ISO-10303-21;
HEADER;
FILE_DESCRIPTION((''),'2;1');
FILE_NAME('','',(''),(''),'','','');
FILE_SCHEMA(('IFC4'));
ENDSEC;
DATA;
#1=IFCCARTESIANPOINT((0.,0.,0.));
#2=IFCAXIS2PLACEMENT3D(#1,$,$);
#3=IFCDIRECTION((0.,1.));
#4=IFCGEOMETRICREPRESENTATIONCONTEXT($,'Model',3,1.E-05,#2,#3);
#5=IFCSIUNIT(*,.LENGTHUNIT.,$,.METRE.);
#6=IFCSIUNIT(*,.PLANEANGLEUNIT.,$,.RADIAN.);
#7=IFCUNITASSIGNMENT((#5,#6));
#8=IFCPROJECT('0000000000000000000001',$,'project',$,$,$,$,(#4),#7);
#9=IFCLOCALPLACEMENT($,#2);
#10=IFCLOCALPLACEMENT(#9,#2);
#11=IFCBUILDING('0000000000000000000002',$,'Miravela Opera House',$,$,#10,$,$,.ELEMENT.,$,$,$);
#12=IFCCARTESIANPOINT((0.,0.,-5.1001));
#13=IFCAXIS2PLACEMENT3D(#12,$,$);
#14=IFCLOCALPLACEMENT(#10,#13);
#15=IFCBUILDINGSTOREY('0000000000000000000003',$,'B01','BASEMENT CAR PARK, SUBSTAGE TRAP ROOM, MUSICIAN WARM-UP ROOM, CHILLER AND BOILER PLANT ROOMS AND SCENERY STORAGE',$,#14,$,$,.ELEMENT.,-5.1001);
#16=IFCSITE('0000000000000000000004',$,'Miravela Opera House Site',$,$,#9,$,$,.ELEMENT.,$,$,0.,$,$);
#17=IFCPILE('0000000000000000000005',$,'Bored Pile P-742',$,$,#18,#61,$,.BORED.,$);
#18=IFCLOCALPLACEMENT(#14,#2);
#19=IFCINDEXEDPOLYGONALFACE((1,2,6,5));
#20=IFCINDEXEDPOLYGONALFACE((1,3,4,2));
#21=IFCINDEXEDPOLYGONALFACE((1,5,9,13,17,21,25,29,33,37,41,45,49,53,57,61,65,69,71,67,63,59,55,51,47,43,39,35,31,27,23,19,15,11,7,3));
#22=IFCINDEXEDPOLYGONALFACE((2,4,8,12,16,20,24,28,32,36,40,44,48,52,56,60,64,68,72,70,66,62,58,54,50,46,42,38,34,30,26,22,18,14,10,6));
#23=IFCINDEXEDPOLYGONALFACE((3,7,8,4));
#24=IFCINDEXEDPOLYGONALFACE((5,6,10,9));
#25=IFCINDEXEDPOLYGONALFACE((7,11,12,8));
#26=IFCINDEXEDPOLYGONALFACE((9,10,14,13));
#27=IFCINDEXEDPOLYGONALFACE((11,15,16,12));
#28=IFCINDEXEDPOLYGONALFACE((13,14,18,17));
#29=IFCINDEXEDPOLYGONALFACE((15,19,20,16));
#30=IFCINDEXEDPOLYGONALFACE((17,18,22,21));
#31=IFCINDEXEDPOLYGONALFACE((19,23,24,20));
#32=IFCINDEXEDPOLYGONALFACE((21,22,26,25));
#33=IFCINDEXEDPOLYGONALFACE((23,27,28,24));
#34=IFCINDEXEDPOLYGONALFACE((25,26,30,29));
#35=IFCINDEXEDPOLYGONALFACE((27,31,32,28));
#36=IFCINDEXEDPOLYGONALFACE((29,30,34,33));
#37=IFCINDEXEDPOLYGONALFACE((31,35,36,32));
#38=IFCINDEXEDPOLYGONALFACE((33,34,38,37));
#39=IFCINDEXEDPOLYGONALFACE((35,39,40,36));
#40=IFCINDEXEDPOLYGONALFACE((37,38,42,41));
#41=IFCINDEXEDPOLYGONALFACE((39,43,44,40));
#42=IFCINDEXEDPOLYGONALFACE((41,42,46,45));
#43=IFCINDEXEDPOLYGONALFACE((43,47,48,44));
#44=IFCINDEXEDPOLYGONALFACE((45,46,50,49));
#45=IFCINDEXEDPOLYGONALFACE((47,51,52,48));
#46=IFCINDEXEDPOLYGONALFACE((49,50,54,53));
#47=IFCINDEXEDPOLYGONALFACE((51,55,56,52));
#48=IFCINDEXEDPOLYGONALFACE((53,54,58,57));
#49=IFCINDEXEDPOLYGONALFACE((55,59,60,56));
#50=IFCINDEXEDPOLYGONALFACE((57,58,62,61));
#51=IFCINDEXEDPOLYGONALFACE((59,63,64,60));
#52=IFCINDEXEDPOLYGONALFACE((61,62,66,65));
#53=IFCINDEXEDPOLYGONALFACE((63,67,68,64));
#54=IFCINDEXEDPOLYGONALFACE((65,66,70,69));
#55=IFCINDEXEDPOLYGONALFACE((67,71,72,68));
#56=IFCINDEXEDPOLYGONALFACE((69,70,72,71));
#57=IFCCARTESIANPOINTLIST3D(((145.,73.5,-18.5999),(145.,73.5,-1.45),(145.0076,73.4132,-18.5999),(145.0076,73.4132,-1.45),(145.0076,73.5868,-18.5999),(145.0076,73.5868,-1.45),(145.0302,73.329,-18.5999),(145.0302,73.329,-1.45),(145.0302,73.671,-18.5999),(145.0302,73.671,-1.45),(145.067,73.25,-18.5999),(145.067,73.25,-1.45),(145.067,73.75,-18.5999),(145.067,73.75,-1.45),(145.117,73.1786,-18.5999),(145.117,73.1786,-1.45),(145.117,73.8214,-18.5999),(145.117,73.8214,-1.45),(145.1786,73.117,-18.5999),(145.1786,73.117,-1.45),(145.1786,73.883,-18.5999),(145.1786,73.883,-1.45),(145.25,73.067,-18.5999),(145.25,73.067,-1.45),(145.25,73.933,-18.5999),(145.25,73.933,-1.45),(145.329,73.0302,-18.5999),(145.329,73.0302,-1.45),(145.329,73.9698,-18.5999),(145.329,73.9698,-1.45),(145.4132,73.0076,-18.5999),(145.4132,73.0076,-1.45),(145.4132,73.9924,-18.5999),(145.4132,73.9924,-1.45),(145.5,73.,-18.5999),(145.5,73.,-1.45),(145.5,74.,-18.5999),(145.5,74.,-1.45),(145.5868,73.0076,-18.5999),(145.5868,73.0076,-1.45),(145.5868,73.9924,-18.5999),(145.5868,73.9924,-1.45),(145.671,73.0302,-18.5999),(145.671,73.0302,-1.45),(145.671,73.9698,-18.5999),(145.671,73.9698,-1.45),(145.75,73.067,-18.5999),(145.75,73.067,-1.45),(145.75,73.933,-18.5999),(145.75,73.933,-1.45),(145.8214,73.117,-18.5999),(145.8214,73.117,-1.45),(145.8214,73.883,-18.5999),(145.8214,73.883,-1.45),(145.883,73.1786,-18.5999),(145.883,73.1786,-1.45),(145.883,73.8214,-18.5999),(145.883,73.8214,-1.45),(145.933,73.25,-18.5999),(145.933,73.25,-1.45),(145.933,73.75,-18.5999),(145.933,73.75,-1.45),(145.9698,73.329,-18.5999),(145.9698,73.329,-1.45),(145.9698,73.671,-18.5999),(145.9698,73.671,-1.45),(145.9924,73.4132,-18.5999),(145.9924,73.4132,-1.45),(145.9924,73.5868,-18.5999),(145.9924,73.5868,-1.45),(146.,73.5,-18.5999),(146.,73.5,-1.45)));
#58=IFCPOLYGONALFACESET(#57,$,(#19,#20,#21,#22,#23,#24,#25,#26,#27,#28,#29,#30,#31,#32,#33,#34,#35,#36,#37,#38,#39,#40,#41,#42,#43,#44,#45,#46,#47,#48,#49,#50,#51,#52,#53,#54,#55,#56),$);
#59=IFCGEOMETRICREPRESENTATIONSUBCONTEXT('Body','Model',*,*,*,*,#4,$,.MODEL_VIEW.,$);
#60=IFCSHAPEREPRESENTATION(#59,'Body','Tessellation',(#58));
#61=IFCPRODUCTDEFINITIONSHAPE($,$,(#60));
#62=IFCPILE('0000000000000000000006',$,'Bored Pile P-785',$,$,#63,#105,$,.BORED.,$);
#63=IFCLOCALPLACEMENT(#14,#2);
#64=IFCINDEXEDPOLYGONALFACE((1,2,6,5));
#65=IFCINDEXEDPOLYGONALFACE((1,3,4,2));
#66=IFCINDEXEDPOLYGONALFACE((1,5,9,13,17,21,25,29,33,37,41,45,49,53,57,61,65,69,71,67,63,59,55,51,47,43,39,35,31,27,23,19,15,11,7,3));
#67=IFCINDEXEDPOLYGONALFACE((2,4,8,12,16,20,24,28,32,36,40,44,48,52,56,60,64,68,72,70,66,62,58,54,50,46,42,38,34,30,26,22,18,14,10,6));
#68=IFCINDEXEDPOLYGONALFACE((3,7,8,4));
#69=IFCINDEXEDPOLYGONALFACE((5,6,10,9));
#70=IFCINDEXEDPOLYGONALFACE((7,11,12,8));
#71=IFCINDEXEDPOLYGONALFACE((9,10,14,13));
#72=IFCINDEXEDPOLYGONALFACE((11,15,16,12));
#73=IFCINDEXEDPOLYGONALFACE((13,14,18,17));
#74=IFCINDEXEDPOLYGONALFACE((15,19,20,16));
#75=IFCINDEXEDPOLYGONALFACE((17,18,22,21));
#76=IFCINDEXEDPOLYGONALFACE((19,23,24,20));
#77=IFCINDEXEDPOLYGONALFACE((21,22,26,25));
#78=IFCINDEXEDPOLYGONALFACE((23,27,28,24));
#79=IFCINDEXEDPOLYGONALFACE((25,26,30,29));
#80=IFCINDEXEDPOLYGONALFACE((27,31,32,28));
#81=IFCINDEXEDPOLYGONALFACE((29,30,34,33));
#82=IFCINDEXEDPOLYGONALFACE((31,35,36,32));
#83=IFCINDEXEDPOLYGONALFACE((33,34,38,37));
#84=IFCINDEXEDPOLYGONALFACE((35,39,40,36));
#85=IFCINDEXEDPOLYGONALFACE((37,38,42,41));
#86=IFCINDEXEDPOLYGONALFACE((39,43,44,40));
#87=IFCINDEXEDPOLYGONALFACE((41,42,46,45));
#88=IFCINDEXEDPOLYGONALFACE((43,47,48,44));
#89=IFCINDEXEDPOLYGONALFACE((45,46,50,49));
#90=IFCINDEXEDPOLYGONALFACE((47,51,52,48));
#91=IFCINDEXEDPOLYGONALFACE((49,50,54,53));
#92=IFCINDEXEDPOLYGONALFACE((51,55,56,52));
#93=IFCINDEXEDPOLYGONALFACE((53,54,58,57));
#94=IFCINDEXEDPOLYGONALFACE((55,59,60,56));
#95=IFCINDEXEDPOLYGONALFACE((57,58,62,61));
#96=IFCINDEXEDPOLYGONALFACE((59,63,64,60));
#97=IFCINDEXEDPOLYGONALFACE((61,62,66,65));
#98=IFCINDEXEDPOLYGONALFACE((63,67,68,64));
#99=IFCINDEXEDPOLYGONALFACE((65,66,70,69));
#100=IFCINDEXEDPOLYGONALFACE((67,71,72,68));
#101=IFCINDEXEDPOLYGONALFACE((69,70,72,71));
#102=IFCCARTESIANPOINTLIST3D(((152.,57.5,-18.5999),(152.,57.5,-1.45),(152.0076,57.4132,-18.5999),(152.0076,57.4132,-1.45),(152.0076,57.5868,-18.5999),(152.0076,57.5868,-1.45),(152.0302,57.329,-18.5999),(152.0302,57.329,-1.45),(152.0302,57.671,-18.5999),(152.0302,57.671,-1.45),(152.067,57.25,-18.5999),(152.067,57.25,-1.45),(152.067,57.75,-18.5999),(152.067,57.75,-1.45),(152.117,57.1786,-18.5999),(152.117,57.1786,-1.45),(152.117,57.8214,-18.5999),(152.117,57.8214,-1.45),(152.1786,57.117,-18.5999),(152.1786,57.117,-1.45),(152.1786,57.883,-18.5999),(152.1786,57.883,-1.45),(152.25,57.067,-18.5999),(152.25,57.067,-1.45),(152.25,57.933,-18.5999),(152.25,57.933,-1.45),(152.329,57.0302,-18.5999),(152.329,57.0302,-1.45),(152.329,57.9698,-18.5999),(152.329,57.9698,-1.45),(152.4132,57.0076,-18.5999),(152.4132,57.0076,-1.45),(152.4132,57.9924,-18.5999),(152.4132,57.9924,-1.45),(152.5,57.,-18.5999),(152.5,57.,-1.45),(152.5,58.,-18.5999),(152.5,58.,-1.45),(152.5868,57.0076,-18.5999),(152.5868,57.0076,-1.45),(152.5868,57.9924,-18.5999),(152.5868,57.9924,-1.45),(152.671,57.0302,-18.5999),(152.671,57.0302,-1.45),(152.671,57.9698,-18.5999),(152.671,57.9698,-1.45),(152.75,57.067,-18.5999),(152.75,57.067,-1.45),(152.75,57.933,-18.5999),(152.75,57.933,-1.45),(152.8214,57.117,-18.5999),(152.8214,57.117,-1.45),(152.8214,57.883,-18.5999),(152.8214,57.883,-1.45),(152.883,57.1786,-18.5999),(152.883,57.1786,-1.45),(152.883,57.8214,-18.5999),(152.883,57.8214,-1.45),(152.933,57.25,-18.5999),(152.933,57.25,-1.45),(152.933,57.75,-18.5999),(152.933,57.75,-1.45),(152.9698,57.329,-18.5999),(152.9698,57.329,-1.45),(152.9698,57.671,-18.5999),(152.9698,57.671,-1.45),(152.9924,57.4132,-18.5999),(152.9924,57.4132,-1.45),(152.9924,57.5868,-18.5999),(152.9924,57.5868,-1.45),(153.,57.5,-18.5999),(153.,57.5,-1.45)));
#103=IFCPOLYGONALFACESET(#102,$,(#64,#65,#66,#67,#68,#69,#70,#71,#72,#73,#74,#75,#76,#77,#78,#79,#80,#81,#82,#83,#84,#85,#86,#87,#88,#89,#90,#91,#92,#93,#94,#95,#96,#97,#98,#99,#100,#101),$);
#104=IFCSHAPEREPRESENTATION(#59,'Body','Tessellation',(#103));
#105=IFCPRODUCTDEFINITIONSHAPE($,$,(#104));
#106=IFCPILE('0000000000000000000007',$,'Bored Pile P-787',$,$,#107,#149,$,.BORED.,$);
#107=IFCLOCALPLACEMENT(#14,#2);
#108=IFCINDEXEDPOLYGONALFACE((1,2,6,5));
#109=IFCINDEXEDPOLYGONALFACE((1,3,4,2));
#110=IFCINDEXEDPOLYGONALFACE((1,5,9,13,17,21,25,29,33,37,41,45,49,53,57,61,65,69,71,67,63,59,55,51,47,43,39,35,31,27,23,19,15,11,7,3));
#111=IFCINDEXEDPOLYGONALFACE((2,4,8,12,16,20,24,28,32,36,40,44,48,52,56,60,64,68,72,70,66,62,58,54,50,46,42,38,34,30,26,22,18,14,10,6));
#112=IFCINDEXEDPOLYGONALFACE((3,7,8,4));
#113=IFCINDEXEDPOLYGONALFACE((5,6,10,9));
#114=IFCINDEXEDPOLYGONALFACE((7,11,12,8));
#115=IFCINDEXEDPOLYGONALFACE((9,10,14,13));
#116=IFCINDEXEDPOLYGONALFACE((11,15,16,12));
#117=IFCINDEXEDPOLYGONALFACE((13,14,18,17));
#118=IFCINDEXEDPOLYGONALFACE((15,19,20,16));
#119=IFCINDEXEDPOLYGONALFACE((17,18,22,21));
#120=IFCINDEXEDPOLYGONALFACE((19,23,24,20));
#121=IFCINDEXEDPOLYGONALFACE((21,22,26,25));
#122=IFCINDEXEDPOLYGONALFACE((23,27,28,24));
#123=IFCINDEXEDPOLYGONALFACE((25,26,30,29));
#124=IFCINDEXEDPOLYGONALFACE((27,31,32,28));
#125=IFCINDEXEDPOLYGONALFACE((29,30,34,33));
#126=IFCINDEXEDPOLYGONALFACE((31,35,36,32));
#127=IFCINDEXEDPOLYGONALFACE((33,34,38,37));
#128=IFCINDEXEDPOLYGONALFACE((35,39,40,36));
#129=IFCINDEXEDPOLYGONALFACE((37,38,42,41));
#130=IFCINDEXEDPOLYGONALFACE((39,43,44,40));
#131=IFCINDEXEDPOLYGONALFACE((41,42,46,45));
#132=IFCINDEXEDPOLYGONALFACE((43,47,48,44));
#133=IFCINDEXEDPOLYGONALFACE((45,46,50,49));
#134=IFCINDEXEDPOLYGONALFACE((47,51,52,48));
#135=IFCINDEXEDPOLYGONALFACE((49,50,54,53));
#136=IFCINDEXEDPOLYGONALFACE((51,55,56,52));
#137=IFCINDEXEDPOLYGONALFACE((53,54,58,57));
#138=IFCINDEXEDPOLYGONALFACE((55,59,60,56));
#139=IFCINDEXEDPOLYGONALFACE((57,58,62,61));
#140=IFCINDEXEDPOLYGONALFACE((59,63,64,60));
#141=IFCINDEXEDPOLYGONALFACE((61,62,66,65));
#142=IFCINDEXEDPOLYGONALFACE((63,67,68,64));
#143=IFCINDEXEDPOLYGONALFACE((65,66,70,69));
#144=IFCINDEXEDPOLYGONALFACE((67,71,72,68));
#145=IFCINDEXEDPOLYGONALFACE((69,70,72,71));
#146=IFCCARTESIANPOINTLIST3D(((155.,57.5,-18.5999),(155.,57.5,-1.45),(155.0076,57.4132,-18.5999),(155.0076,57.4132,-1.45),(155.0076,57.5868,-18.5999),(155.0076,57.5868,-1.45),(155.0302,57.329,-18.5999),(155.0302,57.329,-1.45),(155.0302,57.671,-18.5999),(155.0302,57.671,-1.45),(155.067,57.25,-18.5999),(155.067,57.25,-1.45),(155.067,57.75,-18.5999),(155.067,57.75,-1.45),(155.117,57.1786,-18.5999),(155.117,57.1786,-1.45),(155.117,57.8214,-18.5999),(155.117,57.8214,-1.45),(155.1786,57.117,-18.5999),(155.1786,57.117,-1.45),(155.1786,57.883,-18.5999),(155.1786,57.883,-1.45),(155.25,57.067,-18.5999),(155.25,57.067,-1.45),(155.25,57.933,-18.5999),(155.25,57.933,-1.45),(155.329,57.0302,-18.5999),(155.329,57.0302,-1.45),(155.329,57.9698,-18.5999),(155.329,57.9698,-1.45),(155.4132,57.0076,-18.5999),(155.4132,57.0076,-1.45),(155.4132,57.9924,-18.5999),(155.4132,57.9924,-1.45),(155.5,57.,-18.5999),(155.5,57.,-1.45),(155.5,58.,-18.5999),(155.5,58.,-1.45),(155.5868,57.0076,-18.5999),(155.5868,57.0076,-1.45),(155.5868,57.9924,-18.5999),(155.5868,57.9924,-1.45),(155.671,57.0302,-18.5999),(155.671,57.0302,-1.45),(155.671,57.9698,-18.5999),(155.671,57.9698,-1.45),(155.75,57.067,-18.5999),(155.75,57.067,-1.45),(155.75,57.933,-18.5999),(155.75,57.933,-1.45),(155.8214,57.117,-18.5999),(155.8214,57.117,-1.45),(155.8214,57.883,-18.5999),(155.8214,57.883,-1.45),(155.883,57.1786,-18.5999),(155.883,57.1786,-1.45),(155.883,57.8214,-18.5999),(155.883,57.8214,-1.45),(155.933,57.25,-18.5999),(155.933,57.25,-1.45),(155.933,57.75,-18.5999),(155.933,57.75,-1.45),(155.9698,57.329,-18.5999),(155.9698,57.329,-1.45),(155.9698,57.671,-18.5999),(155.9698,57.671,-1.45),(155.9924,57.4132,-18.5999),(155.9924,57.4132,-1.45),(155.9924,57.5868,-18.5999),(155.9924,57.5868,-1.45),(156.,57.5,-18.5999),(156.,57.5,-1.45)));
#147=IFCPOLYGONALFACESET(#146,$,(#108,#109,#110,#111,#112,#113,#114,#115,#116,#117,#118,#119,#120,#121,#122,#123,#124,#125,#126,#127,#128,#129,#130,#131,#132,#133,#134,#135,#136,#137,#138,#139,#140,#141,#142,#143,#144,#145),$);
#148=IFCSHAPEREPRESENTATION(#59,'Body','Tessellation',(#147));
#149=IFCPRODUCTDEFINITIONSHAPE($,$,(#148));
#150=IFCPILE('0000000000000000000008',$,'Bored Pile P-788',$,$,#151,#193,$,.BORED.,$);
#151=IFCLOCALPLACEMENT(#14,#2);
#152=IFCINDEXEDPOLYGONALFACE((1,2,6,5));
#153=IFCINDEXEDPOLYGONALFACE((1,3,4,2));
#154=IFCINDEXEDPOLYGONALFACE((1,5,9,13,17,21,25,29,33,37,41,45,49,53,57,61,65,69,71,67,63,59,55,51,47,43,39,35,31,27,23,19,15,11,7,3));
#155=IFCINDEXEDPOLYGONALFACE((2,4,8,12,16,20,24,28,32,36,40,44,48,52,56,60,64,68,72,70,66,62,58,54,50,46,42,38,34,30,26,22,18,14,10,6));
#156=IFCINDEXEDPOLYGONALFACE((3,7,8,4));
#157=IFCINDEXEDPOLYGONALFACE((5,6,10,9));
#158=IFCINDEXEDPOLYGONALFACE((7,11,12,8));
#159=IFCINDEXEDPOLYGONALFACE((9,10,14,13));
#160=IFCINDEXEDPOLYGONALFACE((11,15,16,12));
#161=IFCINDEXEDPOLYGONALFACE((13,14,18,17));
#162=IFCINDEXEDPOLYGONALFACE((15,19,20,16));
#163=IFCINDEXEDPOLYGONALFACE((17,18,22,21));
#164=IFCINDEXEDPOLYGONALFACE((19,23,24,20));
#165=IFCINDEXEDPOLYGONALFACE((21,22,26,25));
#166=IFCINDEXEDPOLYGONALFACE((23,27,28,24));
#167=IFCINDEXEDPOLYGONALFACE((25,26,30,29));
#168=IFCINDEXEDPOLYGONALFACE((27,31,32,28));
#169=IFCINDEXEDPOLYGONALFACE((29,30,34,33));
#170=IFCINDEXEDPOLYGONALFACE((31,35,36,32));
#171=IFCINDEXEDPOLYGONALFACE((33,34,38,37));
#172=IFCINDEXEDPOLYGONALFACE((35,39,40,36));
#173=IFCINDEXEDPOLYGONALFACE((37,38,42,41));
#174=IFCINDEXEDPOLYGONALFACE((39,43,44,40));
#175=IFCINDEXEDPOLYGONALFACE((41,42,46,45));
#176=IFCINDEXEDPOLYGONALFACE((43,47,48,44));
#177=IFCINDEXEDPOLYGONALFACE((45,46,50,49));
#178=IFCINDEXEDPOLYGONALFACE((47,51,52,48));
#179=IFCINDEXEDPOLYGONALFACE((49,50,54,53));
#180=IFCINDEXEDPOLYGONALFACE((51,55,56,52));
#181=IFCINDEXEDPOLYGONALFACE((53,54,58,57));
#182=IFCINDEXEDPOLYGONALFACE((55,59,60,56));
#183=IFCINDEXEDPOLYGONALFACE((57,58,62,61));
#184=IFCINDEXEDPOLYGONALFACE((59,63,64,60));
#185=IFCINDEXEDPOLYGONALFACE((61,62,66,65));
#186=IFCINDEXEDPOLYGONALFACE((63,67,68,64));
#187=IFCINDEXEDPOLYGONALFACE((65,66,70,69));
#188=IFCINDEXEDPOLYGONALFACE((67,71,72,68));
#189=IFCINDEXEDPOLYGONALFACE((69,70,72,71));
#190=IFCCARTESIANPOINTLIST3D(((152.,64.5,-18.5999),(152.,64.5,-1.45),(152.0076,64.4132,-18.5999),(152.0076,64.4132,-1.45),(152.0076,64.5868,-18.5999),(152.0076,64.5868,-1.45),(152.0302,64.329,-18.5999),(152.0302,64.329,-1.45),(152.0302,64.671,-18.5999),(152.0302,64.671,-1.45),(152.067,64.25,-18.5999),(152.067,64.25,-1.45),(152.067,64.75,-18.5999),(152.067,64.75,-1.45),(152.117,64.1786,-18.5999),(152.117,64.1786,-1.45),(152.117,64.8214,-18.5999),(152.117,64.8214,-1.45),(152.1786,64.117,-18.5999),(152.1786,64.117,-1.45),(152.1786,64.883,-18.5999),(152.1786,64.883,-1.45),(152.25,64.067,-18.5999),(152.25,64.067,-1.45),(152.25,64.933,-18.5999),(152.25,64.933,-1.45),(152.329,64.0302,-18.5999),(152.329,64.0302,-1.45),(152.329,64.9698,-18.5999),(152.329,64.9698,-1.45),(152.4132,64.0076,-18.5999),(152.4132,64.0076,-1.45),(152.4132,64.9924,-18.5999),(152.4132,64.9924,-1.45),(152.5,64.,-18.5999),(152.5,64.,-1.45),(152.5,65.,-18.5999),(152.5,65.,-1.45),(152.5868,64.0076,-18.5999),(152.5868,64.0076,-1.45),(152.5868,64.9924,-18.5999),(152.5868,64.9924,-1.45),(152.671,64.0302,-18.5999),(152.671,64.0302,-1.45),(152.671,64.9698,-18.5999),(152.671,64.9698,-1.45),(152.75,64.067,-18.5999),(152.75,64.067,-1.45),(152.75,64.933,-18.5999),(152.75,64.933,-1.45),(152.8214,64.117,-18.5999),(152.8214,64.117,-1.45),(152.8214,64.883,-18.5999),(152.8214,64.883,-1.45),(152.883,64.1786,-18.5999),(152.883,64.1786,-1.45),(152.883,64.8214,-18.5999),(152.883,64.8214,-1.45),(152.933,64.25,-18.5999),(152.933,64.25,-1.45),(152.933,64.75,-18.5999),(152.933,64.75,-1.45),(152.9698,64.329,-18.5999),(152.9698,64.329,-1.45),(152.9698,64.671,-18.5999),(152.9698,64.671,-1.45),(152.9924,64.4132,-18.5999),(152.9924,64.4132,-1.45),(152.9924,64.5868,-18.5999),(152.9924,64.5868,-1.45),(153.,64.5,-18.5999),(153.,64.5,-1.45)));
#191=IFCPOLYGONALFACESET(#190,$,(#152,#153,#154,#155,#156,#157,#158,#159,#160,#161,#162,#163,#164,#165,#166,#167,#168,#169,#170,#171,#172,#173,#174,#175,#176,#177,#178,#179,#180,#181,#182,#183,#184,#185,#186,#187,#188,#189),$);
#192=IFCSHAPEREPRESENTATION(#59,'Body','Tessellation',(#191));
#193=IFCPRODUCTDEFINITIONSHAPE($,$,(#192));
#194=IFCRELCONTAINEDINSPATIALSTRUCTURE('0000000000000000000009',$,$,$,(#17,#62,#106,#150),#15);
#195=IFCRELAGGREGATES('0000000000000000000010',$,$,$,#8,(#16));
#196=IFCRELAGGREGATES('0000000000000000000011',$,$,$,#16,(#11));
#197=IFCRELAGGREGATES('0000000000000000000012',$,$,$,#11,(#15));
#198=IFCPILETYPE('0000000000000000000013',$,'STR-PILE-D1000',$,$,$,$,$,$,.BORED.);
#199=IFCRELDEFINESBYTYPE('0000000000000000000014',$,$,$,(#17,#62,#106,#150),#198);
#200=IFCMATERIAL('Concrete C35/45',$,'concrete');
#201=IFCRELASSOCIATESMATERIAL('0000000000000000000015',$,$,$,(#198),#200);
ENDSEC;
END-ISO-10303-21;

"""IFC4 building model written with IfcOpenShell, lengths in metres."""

from ifc_helpers import new_model, si_unit, direction, frame, origin, origin_2d, place, context, subcontext, project, spatial, circle, extrude, material, material_profile, profile_set, type_object, element, save


model = new_model("IFC4")

# Units and contexts
model_context = context("Model", 3, precision=1e-05, world=origin(), true_north=direction((0.0, 1.0)))
body_context = subcontext(model_context, "Body", "Model", "MODEL_VIEW")
ifc_project = project(units=[si_unit("LENGTHUNIT", "METRE"), si_unit("PLANEANGLEUNIT", "RADIAN")], contexts=[model_context])

# Site, building, storey
site_placement = place(None, origin())
site = spatial("IfcSite", under=ifc_project, at=site_placement, Name="Miravela Opera House Site", CompositionType="ELEMENT", RefElevation=0.0)
building_placement = place(site_placement, origin())
building = spatial("IfcBuilding", under=site, at=building_placement, Name="Miravela Opera House", CompositionType="ELEMENT")
storey_placement = place(building_placement, frame((0.0, 0.0, -5.1001)))
storey = spatial("IfcBuildingStorey", under=building, at=storey_placement, Name="B01", Description="BASEMENT CAR PARK, SUBSTAGE TRAP ROOM, MUSICIAN WARM-UP ROOM, CHILLER AND BOILER PLANT ROOMS AND SCENERY STORAGE", CompositionType="ELEMENT", Elevation=-5.1001)

# Shared definitions
ifc_material_1 = material(Name="Concrete C35/45", Category="concrete")

# Piles
ifc_material_profile_1 = material_profile(ifc_material_1, circle(Radius=0.5, at=origin_2d()), Name="PILE-D1000")
ifc_profile_set_1 = profile_set([ifc_material_profile_1])
pile_type_1 = type_object("IfcPileType", Name="STR-PILE-D1000", PredefinedType="BORED", material=ifc_profile_set_1)
for number, where, z_axis, x_axis, name in (
    (1, (145.5, 73.5, -1.45), (0.0, 0.0, -1.0), (1.0, 0.0, 0.0), "Bored Pile P-742"),
    (2, (152.5, 57.5, -1.45), (0.0, 0.0, -1.0), (1.0, 0.0, 0.0), "Bored Pile P-785"),
    (3, (155.5, 57.5, -1.45), (0.0, 0.0, -1.0), (1.0, 0.0, 0.0), "Bored Pile P-787"),
    (4, (152.5, 64.5, -1.45), (0.0, 0.0, -1.0), (1.0, 0.0, 0.0), "Bored Pile P-788"),
):
    element("IfcPile", number, at=place(storey_placement, frame(where, z_axis=z_axis, x_axis=x_axis)), inside=storey, type_object=pile_type_1, Name=name, PredefinedType="BORED", context=body_context, shape_type="SweptSolid", body=[
        extrude(circle(Radius=0.5, at=origin_2d()), origin(), (0.0, 0.0, 1.0), 17.1499),
    ])

save(model, "model.ifc")
